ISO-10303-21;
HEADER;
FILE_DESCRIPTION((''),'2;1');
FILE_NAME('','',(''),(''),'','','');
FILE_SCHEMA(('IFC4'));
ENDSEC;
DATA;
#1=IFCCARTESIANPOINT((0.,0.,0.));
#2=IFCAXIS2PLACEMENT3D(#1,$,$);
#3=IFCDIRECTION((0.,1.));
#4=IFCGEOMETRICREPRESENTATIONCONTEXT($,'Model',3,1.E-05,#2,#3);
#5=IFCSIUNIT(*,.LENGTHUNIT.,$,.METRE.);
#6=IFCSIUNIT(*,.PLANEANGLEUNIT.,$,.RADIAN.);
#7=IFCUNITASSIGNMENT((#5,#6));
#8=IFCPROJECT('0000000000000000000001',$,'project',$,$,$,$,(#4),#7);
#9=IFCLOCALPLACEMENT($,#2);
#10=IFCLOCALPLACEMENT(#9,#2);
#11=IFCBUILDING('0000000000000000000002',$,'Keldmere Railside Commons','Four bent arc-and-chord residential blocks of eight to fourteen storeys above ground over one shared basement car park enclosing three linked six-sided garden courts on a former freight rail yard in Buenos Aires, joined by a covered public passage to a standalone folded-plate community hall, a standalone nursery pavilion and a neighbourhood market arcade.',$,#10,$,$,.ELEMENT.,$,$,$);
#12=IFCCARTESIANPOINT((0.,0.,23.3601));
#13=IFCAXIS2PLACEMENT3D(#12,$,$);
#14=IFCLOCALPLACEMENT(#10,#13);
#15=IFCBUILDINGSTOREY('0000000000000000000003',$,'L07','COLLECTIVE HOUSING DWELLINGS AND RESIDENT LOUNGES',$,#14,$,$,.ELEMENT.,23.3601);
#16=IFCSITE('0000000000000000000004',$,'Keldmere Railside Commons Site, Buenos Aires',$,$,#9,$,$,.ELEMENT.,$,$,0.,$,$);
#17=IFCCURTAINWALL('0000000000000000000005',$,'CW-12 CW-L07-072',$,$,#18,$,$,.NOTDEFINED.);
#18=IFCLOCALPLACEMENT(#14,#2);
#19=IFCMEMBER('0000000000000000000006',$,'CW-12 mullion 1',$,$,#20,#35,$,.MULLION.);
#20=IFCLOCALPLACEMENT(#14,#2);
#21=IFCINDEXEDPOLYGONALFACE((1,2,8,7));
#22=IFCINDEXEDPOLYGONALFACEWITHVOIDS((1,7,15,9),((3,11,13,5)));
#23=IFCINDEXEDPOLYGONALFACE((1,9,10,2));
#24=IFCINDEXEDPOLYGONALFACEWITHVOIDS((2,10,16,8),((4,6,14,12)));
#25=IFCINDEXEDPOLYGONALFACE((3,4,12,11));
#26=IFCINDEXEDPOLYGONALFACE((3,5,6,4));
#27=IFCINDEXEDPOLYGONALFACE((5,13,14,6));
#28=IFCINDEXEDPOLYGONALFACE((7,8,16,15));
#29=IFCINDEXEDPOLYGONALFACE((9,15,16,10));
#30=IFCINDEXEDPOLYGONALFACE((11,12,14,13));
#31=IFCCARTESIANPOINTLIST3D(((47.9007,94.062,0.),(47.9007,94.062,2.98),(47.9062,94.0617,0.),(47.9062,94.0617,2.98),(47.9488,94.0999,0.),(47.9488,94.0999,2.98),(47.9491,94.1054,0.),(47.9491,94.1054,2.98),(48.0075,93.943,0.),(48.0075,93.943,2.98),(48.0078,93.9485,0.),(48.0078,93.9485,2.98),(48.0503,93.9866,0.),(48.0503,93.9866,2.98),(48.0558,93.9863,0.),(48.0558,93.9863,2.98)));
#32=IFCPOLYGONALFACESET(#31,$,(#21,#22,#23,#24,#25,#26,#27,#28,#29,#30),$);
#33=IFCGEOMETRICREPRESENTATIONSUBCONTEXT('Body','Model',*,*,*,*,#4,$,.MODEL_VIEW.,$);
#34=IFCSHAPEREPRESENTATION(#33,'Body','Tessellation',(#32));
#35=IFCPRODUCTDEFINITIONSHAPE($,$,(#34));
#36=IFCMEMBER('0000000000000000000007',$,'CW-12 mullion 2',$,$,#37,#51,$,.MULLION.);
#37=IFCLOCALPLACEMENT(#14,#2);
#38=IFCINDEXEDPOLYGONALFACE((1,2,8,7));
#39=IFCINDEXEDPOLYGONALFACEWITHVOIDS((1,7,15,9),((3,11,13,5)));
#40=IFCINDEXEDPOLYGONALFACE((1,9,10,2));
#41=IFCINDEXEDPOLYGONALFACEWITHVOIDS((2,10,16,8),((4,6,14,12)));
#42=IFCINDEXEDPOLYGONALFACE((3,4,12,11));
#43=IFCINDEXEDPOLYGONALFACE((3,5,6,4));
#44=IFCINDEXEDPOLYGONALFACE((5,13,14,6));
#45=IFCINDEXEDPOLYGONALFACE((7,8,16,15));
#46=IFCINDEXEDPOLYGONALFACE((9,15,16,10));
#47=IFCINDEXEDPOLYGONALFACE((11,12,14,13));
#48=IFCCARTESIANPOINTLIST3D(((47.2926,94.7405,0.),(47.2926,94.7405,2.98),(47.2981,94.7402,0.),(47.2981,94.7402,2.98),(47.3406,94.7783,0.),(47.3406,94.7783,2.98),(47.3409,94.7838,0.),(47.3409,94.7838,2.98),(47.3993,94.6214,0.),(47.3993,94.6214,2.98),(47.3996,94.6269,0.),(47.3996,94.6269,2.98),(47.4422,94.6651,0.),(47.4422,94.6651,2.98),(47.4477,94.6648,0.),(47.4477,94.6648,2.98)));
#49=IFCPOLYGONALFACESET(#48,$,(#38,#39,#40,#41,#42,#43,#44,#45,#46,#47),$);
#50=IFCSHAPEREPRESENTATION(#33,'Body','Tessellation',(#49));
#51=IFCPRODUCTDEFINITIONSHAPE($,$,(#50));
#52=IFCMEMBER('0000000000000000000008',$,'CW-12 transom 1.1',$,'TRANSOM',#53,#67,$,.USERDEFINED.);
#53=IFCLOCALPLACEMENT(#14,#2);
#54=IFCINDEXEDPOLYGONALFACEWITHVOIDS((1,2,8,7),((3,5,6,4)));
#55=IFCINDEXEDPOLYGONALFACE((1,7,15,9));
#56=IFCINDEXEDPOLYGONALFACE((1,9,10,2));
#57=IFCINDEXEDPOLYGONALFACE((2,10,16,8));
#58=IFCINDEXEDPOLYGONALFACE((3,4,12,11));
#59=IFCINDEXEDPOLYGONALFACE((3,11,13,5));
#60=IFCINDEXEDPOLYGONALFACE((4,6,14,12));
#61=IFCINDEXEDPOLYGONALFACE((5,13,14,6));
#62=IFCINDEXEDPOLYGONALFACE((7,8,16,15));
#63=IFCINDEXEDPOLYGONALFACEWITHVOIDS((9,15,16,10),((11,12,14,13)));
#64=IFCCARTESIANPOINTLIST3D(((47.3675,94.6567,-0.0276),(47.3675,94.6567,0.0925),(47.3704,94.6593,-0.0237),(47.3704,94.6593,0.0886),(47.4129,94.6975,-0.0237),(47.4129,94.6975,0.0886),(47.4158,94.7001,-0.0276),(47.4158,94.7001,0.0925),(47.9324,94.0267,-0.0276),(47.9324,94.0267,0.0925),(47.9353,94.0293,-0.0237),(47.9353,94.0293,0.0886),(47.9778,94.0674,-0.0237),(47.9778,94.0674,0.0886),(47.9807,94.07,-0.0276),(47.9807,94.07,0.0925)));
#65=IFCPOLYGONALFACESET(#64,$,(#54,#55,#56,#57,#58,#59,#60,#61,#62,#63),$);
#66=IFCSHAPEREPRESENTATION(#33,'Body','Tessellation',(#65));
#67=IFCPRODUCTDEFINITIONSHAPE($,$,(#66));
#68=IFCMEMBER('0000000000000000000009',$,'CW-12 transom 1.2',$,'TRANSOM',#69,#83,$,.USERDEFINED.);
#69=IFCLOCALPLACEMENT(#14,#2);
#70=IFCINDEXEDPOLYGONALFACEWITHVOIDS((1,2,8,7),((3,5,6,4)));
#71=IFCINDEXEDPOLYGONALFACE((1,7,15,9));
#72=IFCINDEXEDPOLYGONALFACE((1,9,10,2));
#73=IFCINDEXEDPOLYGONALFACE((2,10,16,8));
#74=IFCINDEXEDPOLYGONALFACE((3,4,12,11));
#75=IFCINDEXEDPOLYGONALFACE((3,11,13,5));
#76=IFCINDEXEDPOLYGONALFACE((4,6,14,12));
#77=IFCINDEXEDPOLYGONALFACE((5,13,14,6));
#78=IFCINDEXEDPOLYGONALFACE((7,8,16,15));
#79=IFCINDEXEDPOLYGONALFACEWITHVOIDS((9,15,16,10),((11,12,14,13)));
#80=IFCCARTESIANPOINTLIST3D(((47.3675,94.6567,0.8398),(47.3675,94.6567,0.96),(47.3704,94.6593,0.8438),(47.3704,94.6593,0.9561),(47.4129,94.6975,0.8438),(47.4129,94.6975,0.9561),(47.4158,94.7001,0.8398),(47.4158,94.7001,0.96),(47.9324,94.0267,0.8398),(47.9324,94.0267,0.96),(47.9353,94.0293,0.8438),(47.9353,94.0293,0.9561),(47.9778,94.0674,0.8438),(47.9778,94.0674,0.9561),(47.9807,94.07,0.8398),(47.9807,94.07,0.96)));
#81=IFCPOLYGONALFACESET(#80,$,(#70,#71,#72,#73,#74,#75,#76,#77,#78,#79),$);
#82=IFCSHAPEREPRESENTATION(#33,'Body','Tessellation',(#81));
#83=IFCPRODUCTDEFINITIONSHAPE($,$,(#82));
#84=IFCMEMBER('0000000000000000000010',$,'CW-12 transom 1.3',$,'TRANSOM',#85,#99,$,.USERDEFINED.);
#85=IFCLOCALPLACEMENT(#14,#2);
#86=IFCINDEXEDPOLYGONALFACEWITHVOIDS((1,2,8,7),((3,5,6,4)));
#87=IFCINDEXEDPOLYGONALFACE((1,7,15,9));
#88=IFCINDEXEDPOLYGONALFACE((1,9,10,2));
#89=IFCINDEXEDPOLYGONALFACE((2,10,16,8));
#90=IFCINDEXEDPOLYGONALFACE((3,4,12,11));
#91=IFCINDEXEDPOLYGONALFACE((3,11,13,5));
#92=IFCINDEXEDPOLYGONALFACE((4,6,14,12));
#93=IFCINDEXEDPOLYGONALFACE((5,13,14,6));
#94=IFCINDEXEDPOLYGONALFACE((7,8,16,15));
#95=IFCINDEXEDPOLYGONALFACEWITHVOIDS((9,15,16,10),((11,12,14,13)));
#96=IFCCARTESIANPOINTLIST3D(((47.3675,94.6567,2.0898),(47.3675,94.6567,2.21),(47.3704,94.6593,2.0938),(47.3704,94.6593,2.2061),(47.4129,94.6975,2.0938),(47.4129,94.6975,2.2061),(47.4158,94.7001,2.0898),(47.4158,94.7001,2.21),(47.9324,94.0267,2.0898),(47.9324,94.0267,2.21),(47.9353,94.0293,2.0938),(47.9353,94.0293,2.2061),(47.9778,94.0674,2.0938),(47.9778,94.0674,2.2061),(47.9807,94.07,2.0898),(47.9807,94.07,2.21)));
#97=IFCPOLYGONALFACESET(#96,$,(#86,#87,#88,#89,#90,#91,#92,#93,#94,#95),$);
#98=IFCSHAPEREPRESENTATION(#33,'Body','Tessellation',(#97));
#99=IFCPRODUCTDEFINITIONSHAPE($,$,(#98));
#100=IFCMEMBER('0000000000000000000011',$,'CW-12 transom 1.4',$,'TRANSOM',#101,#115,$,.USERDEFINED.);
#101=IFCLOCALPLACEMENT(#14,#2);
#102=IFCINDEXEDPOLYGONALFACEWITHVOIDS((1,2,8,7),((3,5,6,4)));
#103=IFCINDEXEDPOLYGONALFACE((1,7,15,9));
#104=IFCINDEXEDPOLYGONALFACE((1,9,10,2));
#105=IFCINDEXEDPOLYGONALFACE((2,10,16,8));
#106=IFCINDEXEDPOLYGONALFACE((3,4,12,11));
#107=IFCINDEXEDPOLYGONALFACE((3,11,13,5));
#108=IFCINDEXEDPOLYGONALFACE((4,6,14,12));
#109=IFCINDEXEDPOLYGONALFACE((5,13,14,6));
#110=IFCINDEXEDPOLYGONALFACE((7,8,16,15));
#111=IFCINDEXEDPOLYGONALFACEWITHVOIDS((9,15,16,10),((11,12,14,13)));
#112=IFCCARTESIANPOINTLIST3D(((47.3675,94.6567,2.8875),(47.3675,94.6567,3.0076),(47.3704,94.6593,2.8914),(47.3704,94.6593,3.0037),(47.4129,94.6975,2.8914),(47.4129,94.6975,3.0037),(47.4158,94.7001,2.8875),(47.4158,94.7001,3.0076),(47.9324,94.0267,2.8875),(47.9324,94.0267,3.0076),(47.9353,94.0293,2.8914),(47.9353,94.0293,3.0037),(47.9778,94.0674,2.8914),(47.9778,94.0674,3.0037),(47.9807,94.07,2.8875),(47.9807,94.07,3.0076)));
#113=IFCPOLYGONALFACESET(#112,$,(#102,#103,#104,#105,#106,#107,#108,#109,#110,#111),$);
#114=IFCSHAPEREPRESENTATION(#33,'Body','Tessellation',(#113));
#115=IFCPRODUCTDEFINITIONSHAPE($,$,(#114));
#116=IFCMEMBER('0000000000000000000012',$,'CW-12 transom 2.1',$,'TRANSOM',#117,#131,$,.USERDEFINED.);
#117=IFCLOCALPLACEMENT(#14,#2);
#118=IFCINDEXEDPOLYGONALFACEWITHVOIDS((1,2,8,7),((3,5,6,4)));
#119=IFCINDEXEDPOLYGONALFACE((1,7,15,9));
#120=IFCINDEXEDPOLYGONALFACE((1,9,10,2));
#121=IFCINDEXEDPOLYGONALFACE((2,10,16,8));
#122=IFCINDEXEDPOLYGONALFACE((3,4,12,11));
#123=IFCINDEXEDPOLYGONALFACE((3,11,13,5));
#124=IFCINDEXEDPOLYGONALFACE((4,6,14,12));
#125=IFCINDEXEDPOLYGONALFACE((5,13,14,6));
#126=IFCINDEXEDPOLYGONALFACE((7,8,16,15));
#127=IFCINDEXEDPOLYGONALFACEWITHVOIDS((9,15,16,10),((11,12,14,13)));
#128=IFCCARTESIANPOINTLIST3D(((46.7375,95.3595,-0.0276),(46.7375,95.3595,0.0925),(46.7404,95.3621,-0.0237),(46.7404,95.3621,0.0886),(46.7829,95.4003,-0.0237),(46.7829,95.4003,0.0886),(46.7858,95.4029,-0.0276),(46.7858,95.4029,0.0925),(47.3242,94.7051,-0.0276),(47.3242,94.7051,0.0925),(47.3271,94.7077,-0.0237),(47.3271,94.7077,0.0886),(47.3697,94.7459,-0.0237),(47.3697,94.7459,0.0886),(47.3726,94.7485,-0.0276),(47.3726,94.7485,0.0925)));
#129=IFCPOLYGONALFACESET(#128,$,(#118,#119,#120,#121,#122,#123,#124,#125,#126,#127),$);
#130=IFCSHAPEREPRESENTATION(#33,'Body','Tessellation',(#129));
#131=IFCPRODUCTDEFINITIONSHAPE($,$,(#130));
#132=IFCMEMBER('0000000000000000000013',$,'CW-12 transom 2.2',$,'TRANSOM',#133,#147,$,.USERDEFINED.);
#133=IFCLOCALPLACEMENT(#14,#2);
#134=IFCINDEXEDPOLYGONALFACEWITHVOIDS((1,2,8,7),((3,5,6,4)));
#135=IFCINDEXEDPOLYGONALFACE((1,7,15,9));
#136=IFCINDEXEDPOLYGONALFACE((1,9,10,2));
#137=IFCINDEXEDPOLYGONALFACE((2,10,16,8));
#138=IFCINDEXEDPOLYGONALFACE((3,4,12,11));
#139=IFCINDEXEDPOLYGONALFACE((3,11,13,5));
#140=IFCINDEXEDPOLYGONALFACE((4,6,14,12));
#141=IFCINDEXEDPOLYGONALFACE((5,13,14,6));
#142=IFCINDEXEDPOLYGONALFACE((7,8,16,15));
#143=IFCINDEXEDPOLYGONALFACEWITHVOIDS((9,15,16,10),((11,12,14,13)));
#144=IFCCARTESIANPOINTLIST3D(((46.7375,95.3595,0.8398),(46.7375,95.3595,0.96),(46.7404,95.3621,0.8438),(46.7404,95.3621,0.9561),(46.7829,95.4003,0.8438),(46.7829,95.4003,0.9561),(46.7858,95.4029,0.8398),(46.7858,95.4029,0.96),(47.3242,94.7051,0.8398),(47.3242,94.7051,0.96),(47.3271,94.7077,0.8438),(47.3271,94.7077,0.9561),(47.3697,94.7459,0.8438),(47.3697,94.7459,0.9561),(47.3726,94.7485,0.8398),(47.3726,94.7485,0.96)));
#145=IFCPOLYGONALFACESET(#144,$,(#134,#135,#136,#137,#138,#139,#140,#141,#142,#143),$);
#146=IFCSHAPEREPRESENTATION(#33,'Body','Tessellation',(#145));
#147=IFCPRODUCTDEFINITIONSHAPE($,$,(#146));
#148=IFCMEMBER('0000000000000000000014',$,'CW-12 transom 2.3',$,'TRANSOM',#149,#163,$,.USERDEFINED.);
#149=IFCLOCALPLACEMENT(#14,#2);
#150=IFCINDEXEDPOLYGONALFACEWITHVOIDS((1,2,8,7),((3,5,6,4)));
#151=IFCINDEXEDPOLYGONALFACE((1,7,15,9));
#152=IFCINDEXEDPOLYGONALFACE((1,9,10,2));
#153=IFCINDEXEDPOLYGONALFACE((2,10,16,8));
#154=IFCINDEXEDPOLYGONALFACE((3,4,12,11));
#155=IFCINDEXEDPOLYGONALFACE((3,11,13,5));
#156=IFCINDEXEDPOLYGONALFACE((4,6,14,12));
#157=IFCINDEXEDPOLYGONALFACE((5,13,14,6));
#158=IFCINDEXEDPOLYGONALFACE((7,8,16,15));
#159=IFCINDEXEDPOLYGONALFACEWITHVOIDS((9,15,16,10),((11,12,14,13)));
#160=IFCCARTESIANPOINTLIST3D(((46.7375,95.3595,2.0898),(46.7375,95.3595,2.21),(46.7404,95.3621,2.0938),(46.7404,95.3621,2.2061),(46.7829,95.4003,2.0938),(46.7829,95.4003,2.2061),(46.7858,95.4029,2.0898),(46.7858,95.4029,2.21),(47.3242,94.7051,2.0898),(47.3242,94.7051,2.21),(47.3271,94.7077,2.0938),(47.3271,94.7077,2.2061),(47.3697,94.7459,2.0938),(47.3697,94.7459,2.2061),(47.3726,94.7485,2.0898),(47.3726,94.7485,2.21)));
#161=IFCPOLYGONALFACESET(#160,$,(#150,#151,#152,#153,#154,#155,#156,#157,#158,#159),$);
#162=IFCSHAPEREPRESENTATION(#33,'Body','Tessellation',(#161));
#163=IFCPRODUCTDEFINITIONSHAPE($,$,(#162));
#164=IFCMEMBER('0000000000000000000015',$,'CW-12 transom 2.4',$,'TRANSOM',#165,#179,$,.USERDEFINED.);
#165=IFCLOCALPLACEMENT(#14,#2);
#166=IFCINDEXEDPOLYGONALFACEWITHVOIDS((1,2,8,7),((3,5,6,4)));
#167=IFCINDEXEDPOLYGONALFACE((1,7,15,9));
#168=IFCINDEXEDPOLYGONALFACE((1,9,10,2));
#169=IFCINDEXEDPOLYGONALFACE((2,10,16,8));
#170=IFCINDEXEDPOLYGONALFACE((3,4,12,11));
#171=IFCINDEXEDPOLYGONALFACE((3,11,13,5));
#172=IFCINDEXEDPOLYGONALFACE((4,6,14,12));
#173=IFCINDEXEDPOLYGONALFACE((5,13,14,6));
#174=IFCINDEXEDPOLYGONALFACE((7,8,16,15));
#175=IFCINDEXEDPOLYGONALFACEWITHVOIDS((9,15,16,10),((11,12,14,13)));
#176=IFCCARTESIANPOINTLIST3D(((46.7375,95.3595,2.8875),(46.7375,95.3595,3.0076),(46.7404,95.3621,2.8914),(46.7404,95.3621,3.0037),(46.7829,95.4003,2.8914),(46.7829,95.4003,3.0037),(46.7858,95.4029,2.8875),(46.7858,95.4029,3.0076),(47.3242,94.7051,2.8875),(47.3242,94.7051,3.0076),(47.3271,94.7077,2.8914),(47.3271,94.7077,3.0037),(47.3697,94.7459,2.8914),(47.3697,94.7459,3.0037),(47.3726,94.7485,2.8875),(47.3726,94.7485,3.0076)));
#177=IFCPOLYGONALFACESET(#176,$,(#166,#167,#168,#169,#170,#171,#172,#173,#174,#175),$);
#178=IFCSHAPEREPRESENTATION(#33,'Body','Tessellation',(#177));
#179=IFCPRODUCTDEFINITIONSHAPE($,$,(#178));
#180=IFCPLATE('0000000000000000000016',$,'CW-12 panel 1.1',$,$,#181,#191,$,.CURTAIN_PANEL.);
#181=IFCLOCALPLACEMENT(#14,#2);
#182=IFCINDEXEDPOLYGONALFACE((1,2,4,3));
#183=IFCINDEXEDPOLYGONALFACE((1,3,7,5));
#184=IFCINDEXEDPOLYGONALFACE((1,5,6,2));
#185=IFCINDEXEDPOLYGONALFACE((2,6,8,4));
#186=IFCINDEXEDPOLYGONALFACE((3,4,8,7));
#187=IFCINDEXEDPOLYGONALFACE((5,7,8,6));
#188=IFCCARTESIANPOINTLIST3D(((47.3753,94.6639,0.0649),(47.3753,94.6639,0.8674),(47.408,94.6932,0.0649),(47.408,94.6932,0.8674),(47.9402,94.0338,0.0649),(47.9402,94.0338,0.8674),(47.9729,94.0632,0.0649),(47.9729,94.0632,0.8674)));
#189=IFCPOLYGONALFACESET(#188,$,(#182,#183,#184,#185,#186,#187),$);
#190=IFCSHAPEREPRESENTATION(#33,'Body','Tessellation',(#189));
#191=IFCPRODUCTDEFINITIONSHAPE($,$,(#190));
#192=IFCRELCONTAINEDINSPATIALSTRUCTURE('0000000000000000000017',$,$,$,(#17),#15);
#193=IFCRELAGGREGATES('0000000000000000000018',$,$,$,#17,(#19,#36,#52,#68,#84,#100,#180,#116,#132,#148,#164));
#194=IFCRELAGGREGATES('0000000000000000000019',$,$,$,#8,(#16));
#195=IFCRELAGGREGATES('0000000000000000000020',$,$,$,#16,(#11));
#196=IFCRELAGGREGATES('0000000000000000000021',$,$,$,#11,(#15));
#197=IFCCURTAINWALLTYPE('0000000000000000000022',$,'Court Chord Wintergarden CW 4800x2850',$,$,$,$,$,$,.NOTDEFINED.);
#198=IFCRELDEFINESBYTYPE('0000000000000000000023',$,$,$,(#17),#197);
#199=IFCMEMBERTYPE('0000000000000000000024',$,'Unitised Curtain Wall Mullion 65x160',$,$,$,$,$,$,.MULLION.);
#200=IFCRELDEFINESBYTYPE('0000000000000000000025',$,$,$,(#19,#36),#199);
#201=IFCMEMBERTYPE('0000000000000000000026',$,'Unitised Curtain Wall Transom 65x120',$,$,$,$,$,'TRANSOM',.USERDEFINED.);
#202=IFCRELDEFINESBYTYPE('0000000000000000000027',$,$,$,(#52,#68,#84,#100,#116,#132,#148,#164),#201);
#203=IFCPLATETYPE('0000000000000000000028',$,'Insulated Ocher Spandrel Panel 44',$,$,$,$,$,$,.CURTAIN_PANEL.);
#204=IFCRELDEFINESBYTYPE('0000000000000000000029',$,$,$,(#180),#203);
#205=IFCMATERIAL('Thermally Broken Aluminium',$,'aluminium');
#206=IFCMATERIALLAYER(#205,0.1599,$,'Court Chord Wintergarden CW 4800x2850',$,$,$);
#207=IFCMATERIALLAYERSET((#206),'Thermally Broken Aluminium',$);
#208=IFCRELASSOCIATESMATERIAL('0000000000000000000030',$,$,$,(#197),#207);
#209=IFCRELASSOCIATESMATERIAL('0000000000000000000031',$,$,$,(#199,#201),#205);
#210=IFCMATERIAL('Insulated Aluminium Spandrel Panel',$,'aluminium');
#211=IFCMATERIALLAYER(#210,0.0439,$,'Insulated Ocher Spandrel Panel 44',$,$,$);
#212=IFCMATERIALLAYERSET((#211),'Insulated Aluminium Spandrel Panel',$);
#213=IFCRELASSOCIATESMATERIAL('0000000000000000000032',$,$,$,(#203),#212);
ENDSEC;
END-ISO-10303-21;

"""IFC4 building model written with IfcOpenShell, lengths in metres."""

from ifc_helpers import new_model, si_unit, direction, frame, origin, origin_2d, place, context, subcontext, project, spatial, rectangle, hollow_rectangle, extrude, material, layer, layer_set, material_profile, profile_set, type_object, element, aggregate, save


model = new_model("IFC4")

# Units and contexts
model_context = context("Model", 3, precision=1e-05, world=origin(), true_north=direction((0.0, 1.0)))
body_context = subcontext(model_context, "Body", "Model", "MODEL_VIEW")
ifc_project = project(units=[si_unit("LENGTHUNIT", "METRE"), si_unit("PLANEANGLEUNIT", "RADIAN")], contexts=[model_context])

# Site, building, storey
site_placement = place(None, origin())
site = spatial("IfcSite", under=ifc_project, at=site_placement, Name="Keldmere Railside Commons Site, Buenos Aires", CompositionType="ELEMENT", RefElevation=0.0)
building_placement = place(site_placement, origin())
building = spatial("IfcBuilding", under=site, at=building_placement, Name="Keldmere Railside Commons", Description="Four bent arc-and-chord residential blocks of eight to fourteen storeys above ground over one shared basement car park enclosing three linked six-sided garden courts on a former freight rail yard in Buenos Aires, joined by a covered public passage to a standalone folded-plate community hall, a standalone nursery pavilion and a neighbourhood market arcade.", CompositionType="ELEMENT")
storey_placement = place(building_placement, frame((0.0, 0.0, 23.3601)))
storey = spatial("IfcBuildingStorey", under=building, at=storey_placement, Name="L07", Description="COLLECTIVE HOUSING DWELLINGS AND RESIDENT LOUNGES", CompositionType="ELEMENT", Elevation=23.3601)

# Curtain wall, members, plate
ifc_material_1 = material(Name="Thermally Broken Aluminium", Category="aluminium")
ifc_layer_1 = layer(ifc_material_1, 0.1599, Name="Court Chord Wintergarden CW 4800x2850")
ifc_layer_set_1 = layer_set([ifc_layer_1], Name="Thermally Broken Aluminium")
curtain_wall_type = type_object("IfcCurtainWallType", Name="Court Chord Wintergarden CW 4800x2850", PredefinedType="NOTDEFINED", material=ifc_layer_set_1)
curtain_wall_placement = place(storey_placement, origin())
curtain_wall = element("IfcCurtainWall", 1, at=curtain_wall_placement, inside=storey, type_object=curtain_wall_type, Name="CW-12 CW-L07-072", PredefinedType="NOTDEFINED")
ifc_material_profile_1 = material_profile(ifc_material_1, hollow_rectangle(XDim=0.0649, YDim=0.1599, WallThickness=0.0039, at=origin_2d()), Name="ALU-MULL-65x160")
ifc_profile_set_1 = profile_set([ifc_material_profile_1], Name="Thermally Broken Aluminium")
member_type_1 = type_object("IfcMemberType", Name="Unitised Curtain Wall Mullion 65x160", PredefinedType="MULLION", material=ifc_profile_set_1)
member_1_placement = place(storey_placement, frame((47.9783, 94.0242, 0.0), z_axis=(0.0, 0.0, 1.0), x_axis=(-0.744557, -0.667559, 0.0)))
member_1 = element("IfcMember", 2, at=member_1_placement, type_object=member_type_1, Name="CW-12 mullion 1", PredefinedType="MULLION", context=body_context, shape_type="SweptSolid", body=[
    extrude(hollow_rectangle(XDim=0.0649, YDim=0.1599, WallThickness=0.0039, at=origin_2d()), origin(), (0.0, 0.0, 1.0), 2.98),
])
member_2_placement = place(storey_placement, frame((47.3701, 94.7026, 0.0), z_axis=(0.0, 0.0, 1.0), x_axis=(-0.744557, -0.667559, 0.0)))
member_2 = element("IfcMember", 3, at=member_2_placement, type_object=member_type_1, Name="CW-12 mullion 2", PredefinedType="MULLION", context=body_context, shape_type="SweptSolid", body=[
    extrude(hollow_rectangle(XDim=0.0649, YDim=0.1599, WallThickness=0.0039, at=origin_2d()), origin(), (0.0, 0.0, 1.0), 2.98),
])
ifc_material_profile_2 = material_profile(ifc_material_1, hollow_rectangle(XDim=0.0649, YDim=0.1201, WallThickness=0.0039, at=origin_2d()), Name="ALU-TRAN-65x120")
ifc_profile_set_2 = profile_set([ifc_material_profile_2], Name="Thermally Broken Aluminium")
member_type_2 = type_object("IfcMemberType", Name="Unitised Curtain Wall Transom 65x120", ElementType="TRANSOM", PredefinedType="USERDEFINED", material=ifc_profile_set_2)
member_3_placement = place(storey_placement, frame((47.9565, 94.0483, 0.0325), z_axis=(-0.667545, 0.744569, 0.0), x_axis=(-0.744569, -0.667545, 0.0)))
member_3 = element("IfcMember", 4, at=member_3_placement, type_object=member_type_2, Name="CW-12 transom 1.1", ObjectType="TRANSOM", PredefinedType="USERDEFINED", context=body_context, shape_type="SweptSolid", body=[
    extrude(hollow_rectangle(XDim=0.0649, YDim=0.1201, WallThickness=0.0039, at=origin_2d()), origin(), (0.0, 0.0, 1.0), 0.8462),
])
member_4_placement = place(storey_placement, frame((47.9565, 94.0483, 0.8999), z_axis=(-0.667545, 0.744569, 0.0), x_axis=(-0.744569, -0.667545, 0.0)))
member_4 = element("IfcMember", 5, at=member_4_placement, type_object=member_type_2, Name="CW-12 transom 1.2", ObjectType="TRANSOM", PredefinedType="USERDEFINED", context=body_context, shape_type="SweptSolid", body=[
    extrude(hollow_rectangle(XDim=0.0649, YDim=0.1201, WallThickness=0.0039, at=origin_2d()), origin(), (0.0, 0.0, 1.0), 0.8462),
])
member_5_placement = place(storey_placement, frame((47.9565, 94.0483, 2.1499), z_axis=(-0.667545, 0.744569, 0.0), x_axis=(-0.744569, -0.667545, 0.0)))
member_5 = element("IfcMember", 6, at=member_5_placement, type_object=member_type_2, Name="CW-12 transom 1.3", ObjectType="TRANSOM", PredefinedType="USERDEFINED", context=body_context, shape_type="SweptSolid", body=[
    extrude(hollow_rectangle(XDim=0.0649, YDim=0.1201, WallThickness=0.0039, at=origin_2d()), origin(), (0.0, 0.0, 1.0), 0.8462),
])
member_6_placement = place(storey_placement, frame((47.9565, 94.0483, 2.9475), z_axis=(-0.667545, 0.744569, 0.0), x_axis=(-0.744569, -0.667545, 0.0)))
member_6 = element("IfcMember", 7, at=member_6_placement, type_object=member_type_2, Name="CW-12 transom 1.4", ObjectType="TRANSOM", PredefinedType="USERDEFINED", context=body_context, shape_type="SweptSolid", body=[
    extrude(hollow_rectangle(XDim=0.0649, YDim=0.1201, WallThickness=0.0039, at=origin_2d()), origin(), (0.0, 0.0, 1.0), 0.8462),
])
member_7_placement = place(storey_placement, frame((47.3484, 94.7268, 0.0325), z_axis=(-0.667582, 0.744536, 0.0), x_axis=(-0.744536, -0.667582, 0.0)))
member_7 = element("IfcMember", 8, at=member_7_placement, type_object=member_type_2, Name="CW-12 transom 2.1", ObjectType="TRANSOM", PredefinedType="USERDEFINED", context=body_context, shape_type="SweptSolid", body=[
    extrude(hollow_rectangle(XDim=0.0649, YDim=0.1201, WallThickness=0.0039, at=origin_2d()), origin(), (0.0, 0.0, 1.0), 0.8789),
])
member_8_placement = place(storey_placement, frame((47.3484, 94.7268, 0.8999), z_axis=(-0.667582, 0.744536, 0.0), x_axis=(-0.744536, -0.667582, 0.0)))
member_8 = element("IfcMember", 9, at=member_8_placement, type_object=member_type_2, Name="CW-12 transom 2.2", ObjectType="TRANSOM", PredefinedType="USERDEFINED", context=body_context, shape_type="SweptSolid", body=[
    extrude(hollow_rectangle(XDim=0.0649, YDim=0.1201, WallThickness=0.0039, at=origin_2d()), origin(), (0.0, 0.0, 1.0), 0.8789),
])
member_9_placement = place(storey_placement, frame((47.3484, 94.7268, 2.1499), z_axis=(-0.667582, 0.744536, 0.0), x_axis=(-0.744536, -0.667582, 0.0)))
member_9 = element("IfcMember", 10, at=member_9_placement, type_object=member_type_2, Name="CW-12 transom 2.3", ObjectType="TRANSOM", PredefinedType="USERDEFINED", context=body_context, shape_type="SweptSolid", body=[
    extrude(hollow_rectangle(XDim=0.0649, YDim=0.1201, WallThickness=0.0039, at=origin_2d()), origin(), (0.0, 0.0, 1.0), 0.8789),
])
member_10_placement = place(storey_placement, frame((47.3484, 94.7268, 2.9475), z_axis=(-0.667582, 0.744536, 0.0), x_axis=(-0.744536, -0.667582, 0.0)))
member_10 = element("IfcMember", 11, at=member_10_placement, type_object=member_type_2, Name="CW-12 transom 2.4", ObjectType="TRANSOM", PredefinedType="USERDEFINED", context=body_context, shape_type="SweptSolid", body=[
    extrude(hollow_rectangle(XDim=0.0649, YDim=0.1201, WallThickness=0.0039, at=origin_2d()), origin(), (0.0, 0.0, 1.0), 0.8789),
])
ifc_material_2 = material(Name="Insulated Aluminium Spandrel Panel", Category="aluminium")
ifc_layer_2 = layer(ifc_material_2, 0.0439, Name="Insulated Ocher Spandrel Panel 44")
ifc_layer_set_2 = layer_set([ifc_layer_2], Name="Insulated Aluminium Spandrel Panel")
plate_type = type_object("IfcPlateType", Name="Insulated Ocher Spandrel Panel 44", PredefinedType="CURTAIN_PANEL", material=ifc_layer_set_2)
plate_1_placement = place(storey_placement, frame((47.6741, 94.3635, 0.0649), z_axis=(0.0, 0.0, 1.0), x_axis=(-0.667559, 0.744557, 0.0)))
plate_1 = element("IfcPlate", 12, at=plate_1_placement, type_object=plate_type, Name="CW-12 panel 1.1", PredefinedType="CURTAIN_PANEL", context=body_context, shape_type="SweptSolid", body=[
    extrude(rectangle(XDim=0.8462, YDim=0.0439, at=origin_2d()), origin(), (0.0, 0.0, 1.0), 0.8025),
])
aggregate(curtain_wall, [member_1, member_2, member_3, member_4, member_5, member_6, plate_1, member_7, member_8, member_9, member_10])

save(model, "model.ifc")
